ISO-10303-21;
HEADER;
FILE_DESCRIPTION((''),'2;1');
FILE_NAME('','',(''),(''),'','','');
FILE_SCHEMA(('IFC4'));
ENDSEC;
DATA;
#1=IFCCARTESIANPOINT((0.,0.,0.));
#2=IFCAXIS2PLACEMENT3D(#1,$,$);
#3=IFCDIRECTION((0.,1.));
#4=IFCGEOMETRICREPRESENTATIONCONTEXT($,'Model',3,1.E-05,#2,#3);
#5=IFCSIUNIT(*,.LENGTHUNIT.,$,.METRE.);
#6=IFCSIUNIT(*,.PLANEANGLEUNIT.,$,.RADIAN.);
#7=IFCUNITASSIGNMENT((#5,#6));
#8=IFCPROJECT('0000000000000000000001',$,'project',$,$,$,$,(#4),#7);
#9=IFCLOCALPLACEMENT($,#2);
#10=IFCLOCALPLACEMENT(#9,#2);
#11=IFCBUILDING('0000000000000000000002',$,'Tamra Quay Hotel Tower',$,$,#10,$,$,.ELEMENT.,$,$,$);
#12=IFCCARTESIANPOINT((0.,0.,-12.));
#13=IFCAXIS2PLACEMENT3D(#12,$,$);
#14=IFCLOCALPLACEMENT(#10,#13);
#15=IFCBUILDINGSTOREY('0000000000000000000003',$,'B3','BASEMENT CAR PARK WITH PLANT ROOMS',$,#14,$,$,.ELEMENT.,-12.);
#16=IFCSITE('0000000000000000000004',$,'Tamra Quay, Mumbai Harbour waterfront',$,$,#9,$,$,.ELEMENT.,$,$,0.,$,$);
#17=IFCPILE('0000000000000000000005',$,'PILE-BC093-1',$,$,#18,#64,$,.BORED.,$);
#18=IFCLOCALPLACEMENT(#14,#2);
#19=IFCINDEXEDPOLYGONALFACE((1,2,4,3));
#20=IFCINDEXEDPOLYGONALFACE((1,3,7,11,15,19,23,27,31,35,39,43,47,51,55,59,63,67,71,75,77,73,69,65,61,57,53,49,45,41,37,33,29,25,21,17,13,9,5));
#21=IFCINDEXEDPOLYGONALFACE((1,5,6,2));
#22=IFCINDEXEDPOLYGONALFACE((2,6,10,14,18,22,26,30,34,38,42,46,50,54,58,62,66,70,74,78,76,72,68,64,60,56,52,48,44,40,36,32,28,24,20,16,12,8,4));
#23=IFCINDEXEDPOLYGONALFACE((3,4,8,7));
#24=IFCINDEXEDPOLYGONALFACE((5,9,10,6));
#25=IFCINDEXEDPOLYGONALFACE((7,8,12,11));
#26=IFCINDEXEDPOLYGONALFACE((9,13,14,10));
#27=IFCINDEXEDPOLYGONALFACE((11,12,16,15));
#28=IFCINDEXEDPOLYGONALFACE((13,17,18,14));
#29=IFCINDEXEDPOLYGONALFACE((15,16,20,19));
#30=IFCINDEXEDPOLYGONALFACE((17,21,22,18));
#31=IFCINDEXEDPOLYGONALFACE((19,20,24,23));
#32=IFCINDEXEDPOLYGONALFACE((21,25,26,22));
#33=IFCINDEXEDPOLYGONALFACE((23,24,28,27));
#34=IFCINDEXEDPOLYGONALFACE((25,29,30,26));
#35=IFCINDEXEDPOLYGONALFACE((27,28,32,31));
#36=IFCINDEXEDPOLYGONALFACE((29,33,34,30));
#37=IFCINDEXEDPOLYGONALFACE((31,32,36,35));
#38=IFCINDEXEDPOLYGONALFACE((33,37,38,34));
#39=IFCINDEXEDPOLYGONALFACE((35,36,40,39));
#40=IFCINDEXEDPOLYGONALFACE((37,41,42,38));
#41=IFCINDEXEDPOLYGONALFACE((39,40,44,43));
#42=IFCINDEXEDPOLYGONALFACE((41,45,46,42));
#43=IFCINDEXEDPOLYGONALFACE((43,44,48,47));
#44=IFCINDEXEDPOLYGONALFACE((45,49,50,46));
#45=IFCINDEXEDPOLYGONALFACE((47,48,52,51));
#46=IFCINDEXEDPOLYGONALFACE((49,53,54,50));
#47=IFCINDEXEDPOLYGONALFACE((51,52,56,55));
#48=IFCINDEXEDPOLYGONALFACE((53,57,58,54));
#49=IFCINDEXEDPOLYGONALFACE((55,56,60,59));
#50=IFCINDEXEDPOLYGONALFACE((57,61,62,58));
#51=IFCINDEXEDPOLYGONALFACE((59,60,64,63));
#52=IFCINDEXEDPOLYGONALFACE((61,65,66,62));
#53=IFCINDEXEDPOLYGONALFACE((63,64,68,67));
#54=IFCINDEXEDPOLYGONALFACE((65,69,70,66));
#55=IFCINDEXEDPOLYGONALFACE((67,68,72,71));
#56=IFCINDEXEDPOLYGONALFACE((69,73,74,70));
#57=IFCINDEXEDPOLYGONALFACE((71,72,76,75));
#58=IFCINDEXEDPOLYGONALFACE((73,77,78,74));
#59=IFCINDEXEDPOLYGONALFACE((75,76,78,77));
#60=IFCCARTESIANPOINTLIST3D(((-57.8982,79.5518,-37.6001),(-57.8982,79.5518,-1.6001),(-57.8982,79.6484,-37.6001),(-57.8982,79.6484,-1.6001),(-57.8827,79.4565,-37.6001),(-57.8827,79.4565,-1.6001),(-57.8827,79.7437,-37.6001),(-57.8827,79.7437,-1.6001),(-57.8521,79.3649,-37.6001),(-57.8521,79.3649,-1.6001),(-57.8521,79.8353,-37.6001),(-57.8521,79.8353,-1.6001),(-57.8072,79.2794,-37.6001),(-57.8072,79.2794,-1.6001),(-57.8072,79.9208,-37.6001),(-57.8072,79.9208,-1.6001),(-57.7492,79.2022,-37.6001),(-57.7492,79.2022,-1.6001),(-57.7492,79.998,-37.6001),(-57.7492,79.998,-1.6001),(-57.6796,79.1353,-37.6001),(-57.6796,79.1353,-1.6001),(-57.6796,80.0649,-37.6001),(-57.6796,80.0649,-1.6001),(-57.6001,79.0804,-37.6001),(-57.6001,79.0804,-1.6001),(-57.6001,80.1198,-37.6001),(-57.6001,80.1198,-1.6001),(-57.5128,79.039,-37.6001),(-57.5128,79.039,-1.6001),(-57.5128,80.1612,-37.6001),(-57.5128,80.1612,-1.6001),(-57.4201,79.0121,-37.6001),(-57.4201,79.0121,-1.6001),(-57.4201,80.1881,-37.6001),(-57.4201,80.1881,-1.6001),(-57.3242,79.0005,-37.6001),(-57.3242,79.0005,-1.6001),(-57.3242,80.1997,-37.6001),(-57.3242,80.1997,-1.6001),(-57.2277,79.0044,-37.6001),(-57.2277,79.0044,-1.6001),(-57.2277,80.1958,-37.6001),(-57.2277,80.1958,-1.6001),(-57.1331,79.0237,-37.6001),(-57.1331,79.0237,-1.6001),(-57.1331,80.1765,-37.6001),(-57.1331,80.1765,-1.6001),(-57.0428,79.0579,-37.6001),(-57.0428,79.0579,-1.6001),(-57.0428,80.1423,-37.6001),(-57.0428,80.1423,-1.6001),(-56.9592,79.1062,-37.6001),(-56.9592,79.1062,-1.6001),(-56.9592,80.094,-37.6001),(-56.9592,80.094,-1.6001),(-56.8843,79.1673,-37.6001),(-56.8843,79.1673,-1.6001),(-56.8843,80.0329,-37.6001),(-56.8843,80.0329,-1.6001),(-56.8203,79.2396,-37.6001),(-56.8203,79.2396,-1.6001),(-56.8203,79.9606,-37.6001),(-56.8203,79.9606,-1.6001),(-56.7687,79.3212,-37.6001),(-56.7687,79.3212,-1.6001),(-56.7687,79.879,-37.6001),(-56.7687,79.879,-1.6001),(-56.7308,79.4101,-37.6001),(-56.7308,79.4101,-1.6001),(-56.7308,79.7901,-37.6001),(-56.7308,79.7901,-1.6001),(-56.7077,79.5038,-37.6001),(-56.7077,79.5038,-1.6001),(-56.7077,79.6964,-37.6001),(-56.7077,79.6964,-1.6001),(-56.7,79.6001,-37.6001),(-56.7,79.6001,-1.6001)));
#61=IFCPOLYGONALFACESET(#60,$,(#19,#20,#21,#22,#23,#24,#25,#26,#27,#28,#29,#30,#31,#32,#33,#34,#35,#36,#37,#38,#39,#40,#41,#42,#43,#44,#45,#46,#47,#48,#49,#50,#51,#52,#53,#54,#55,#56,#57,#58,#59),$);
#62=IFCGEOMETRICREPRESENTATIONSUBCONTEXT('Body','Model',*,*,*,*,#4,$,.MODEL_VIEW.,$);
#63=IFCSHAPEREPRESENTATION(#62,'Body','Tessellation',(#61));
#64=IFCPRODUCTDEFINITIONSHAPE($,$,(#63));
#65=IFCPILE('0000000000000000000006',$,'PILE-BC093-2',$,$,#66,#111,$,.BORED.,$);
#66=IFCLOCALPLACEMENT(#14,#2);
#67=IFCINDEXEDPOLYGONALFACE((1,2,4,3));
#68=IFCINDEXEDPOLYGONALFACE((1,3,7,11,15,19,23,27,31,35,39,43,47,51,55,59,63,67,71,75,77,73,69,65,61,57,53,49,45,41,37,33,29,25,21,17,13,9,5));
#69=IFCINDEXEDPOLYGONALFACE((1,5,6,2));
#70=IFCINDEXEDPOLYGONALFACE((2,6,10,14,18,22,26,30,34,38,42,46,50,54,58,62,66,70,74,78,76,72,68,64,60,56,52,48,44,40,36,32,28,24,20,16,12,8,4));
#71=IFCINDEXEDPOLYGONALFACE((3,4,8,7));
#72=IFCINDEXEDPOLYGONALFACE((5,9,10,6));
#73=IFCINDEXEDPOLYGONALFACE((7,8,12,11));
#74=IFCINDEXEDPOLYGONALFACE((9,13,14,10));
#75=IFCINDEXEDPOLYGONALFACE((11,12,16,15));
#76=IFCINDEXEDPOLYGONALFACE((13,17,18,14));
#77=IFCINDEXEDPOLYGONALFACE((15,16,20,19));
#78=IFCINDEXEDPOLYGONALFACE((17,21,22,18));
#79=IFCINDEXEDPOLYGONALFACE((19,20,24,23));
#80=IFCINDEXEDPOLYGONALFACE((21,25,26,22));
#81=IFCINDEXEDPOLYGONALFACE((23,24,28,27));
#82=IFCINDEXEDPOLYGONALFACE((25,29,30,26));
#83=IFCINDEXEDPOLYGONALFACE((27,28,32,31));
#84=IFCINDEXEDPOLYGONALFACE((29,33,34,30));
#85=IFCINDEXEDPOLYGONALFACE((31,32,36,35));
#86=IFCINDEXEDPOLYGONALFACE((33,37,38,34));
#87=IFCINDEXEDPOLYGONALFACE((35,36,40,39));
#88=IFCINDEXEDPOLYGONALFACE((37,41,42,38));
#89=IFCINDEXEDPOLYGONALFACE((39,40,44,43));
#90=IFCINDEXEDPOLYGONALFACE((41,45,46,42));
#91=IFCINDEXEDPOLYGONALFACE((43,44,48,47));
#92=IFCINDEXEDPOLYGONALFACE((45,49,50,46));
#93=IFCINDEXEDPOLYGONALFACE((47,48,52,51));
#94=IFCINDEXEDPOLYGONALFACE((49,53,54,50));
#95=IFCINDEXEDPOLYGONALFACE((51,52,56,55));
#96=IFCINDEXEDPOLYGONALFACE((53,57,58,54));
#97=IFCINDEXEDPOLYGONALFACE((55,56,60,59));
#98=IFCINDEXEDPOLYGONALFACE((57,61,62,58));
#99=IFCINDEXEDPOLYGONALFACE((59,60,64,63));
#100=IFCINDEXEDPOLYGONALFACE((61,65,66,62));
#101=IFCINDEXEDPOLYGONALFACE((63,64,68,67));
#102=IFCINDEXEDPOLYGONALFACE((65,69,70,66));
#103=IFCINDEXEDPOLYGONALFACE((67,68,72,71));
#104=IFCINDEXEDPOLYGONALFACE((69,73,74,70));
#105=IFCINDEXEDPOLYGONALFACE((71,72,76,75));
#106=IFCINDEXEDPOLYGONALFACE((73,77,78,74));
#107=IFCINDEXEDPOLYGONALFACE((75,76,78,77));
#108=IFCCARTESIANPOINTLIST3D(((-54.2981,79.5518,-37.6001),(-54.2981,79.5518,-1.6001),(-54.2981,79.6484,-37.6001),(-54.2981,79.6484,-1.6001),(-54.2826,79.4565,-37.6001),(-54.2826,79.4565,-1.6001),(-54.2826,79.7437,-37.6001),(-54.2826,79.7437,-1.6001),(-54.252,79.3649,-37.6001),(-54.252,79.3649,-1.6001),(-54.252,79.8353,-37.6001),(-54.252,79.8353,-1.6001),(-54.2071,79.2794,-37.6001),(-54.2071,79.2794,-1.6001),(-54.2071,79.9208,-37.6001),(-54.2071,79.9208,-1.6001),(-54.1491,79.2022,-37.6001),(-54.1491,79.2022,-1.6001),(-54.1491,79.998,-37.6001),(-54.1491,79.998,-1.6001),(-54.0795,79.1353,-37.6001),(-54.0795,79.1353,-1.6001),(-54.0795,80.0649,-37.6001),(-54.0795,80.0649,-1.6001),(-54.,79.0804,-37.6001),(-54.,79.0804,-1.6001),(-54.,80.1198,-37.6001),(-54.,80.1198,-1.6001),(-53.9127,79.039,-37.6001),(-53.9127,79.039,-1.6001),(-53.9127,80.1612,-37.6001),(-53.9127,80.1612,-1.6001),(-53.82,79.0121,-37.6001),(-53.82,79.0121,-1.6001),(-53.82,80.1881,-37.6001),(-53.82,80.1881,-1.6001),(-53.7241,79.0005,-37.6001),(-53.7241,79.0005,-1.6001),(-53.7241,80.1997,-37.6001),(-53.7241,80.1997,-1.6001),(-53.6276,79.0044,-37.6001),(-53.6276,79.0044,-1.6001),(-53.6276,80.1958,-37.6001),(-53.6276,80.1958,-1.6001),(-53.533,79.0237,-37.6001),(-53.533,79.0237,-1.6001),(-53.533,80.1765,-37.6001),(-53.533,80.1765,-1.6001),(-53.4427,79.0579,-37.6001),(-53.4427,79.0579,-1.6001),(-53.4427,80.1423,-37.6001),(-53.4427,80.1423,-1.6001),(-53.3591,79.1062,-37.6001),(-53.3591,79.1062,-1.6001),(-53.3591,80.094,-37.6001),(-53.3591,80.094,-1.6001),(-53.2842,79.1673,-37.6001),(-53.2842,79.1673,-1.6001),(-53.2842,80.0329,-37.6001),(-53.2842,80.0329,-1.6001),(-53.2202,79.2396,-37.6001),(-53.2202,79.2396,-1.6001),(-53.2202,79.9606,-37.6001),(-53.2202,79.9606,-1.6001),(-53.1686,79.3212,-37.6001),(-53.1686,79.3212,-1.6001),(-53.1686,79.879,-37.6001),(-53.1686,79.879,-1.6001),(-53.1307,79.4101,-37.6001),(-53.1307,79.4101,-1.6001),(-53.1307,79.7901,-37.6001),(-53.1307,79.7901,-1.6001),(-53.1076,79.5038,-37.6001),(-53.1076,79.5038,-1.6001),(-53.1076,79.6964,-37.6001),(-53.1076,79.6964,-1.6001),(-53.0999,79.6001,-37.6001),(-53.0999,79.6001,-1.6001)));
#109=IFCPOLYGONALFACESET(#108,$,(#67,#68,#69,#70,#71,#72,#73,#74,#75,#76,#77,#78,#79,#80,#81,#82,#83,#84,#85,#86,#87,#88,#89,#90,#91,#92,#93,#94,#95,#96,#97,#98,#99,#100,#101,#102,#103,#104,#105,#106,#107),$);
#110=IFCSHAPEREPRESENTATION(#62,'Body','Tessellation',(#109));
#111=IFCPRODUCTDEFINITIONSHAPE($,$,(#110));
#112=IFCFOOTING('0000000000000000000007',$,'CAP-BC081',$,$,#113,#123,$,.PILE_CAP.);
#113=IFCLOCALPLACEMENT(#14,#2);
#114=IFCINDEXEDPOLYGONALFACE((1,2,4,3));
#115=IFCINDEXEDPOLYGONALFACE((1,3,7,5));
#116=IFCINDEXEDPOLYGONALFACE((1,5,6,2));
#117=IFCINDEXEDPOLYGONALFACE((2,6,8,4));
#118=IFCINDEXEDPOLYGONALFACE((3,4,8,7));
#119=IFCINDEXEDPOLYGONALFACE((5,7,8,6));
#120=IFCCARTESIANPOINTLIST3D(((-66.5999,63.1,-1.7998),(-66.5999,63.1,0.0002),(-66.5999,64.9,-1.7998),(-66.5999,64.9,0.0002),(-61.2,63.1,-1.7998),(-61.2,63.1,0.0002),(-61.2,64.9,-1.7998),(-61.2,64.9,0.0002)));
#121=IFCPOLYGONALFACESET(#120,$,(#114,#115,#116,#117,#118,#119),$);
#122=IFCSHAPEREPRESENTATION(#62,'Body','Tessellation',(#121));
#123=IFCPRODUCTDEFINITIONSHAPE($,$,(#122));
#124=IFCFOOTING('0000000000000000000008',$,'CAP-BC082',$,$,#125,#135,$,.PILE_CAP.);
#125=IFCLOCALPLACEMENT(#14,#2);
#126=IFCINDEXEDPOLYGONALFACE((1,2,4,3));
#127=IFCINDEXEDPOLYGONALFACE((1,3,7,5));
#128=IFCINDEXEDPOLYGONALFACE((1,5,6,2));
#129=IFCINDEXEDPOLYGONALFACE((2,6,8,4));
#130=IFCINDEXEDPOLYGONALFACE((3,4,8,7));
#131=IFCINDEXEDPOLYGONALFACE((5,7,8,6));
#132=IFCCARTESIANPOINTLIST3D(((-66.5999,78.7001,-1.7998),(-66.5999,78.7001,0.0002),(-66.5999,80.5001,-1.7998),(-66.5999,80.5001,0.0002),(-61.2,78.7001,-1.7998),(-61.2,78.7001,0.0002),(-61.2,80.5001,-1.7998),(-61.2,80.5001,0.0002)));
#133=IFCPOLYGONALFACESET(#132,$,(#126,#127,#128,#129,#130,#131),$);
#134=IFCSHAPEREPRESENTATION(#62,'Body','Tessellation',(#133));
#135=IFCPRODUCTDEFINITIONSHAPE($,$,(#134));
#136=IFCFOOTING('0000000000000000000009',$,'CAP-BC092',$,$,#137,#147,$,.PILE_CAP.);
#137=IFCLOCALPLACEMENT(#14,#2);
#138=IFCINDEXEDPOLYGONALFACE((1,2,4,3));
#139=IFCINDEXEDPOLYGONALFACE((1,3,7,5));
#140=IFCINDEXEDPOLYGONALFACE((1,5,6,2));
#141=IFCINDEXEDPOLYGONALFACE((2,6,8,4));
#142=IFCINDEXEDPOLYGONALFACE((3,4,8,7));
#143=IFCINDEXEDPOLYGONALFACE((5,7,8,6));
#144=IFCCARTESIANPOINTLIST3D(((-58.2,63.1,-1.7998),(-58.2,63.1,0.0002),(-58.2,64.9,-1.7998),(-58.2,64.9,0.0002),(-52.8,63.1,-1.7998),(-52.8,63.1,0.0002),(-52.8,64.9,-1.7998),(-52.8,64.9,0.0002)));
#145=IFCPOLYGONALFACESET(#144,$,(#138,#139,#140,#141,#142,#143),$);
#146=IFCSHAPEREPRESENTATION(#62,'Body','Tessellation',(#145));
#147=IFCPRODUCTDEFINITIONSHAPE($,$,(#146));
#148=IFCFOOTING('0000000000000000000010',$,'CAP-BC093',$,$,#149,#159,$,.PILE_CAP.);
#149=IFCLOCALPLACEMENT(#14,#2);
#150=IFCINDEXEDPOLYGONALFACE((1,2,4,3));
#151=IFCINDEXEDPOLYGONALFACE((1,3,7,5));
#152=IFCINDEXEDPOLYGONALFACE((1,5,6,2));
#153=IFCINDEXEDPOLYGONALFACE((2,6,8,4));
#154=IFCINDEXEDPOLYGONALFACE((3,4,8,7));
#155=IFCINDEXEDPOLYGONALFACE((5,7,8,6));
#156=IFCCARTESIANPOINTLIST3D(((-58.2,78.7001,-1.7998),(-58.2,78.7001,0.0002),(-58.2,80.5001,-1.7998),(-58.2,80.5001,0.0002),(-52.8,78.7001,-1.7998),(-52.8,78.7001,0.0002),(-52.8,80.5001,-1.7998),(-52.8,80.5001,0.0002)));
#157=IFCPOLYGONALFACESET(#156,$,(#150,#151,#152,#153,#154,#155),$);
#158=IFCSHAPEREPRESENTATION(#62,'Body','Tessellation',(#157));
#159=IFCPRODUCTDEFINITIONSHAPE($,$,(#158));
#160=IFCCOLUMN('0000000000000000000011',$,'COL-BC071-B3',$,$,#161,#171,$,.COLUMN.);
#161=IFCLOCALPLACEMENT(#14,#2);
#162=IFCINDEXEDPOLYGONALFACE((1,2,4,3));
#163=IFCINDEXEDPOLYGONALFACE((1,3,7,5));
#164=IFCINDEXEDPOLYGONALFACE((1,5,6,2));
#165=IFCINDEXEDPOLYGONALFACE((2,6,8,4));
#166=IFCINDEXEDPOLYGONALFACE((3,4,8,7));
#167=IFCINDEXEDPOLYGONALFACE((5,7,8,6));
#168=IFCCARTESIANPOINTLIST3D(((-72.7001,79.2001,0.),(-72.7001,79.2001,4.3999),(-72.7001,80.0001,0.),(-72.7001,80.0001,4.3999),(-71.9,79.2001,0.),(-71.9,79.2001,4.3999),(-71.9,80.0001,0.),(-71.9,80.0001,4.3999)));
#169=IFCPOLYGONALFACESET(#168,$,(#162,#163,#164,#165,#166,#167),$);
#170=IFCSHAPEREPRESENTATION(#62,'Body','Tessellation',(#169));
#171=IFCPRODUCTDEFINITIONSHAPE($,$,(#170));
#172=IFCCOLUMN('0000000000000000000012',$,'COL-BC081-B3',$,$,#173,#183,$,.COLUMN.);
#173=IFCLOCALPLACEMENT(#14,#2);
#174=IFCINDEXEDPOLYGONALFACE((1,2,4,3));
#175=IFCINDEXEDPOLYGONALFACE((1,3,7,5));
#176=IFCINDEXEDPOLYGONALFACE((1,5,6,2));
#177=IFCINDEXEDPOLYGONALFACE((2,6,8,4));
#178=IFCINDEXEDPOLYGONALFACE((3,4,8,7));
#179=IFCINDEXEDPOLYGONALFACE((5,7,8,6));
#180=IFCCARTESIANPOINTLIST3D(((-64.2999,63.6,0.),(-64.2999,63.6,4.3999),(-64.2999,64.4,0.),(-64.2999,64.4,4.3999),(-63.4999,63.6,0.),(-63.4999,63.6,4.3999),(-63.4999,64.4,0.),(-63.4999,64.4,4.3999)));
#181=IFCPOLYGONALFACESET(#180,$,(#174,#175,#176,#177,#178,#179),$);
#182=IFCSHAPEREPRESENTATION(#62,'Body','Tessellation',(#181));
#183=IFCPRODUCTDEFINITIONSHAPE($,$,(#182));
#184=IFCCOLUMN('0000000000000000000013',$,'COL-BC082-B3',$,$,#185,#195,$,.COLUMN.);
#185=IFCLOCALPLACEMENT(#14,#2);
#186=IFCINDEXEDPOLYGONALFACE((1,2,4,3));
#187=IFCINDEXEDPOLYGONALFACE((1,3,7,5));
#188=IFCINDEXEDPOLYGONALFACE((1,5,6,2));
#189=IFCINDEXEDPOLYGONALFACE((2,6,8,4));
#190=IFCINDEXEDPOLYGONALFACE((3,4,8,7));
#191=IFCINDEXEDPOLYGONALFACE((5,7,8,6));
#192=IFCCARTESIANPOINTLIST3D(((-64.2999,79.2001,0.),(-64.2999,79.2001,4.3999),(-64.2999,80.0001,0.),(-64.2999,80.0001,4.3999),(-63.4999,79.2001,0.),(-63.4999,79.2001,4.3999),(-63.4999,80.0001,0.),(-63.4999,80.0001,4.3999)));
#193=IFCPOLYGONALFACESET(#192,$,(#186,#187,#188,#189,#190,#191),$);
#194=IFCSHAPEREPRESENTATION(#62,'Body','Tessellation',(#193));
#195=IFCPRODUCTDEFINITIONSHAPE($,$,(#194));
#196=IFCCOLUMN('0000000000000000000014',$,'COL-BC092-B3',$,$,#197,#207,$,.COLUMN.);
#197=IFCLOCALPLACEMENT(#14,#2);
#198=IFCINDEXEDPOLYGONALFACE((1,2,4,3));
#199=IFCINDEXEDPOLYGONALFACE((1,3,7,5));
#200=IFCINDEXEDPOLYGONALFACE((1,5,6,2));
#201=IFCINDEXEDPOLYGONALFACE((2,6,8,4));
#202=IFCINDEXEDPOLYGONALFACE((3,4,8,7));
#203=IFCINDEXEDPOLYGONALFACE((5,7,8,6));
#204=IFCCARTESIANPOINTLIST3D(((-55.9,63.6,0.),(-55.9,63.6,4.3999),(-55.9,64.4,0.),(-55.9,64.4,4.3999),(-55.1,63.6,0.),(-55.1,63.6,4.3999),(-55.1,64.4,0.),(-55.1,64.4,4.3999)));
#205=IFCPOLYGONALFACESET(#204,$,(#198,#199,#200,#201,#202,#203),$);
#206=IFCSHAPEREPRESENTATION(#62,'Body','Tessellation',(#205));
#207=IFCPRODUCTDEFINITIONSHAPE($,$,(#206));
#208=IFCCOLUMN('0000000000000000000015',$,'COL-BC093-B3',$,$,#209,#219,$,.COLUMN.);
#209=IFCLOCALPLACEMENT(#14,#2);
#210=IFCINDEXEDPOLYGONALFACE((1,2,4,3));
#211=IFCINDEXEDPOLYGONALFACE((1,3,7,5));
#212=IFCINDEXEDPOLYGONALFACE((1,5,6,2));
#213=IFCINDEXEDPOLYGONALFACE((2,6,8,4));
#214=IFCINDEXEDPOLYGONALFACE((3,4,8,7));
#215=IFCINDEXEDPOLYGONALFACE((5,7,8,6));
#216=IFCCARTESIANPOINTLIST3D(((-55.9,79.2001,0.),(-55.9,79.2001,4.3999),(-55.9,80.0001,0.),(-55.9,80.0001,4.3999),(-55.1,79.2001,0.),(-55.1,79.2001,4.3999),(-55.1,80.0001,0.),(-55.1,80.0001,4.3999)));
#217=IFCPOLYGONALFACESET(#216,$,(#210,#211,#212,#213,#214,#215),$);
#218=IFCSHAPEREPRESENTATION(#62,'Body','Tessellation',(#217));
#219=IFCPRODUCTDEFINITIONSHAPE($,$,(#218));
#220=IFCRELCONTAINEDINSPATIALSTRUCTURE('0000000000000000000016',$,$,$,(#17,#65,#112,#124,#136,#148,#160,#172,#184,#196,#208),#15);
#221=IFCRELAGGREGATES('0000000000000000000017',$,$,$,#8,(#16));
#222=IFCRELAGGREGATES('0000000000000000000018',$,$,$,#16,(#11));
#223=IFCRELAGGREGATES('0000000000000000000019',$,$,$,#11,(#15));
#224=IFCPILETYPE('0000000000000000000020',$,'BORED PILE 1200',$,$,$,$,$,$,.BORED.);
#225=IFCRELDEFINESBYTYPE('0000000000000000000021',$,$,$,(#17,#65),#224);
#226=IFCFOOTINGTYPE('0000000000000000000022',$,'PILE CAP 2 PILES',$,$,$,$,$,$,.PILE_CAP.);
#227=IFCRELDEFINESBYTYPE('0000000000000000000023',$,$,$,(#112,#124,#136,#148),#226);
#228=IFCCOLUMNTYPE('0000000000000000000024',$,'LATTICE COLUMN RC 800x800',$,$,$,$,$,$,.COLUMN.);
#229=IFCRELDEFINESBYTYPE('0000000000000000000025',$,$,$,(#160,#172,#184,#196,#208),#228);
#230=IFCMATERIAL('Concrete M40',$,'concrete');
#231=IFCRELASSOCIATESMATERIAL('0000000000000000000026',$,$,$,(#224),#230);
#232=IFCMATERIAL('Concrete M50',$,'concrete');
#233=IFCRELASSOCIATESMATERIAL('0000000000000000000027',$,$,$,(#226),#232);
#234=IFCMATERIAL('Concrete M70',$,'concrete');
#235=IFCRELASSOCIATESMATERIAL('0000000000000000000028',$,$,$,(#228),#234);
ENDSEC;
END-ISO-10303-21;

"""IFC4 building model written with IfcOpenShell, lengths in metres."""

from ifc_helpers import new_model, si_unit, direction, frame, origin, origin_2d, place, context, subcontext, project, spatial, rectangle, circle, extrude, material, material_profile, profile_set, type_object, element, save


model = new_model("IFC4")

# Units and contexts
model_context = context("Model", 3, precision=1e-05, world=origin(), true_north=direction((0.0, 1.0)))
body_context = subcontext(model_context, "Body", "Model", "MODEL_VIEW")
ifc_project = project(units=[si_unit("LENGTHUNIT", "METRE"), si_unit("PLANEANGLEUNIT", "RADIAN")], contexts=[model_context])

# Site, building, storey
site_placement = place(None, origin())
site = spatial("IfcSite", under=ifc_project, at=site_placement, Name="Tamra Quay, Mumbai Harbour waterfront", CompositionType="ELEMENT", RefElevation=0.0)
building_placement = place(site_placement, origin())
building = spatial("IfcBuilding", under=site, at=building_placement, Name="Tamra Quay Hotel Tower", CompositionType="ELEMENT")
storey_placement = place(building_placement, frame((0.0, 0.0, -12.0)))
storey = spatial("IfcBuildingStorey", under=building, at=storey_placement, Name="B3", Description="BASEMENT CAR PARK WITH PLANT ROOMS", CompositionType="ELEMENT", Elevation=-12.0)

# Piles
ifc_material_1 = material(Name="Concrete M40", Category="concrete")
ifc_material_profile_1 = material_profile(ifc_material_1, circle(Radius=0.6001, at=origin_2d()), Name="BORED PILE 1200")
ifc_profile_set_1 = profile_set([ifc_material_profile_1], Name="Concrete M40")
pile_type = type_object("IfcPileType", Name="BORED PILE 1200", PredefinedType="BORED", material=ifc_profile_set_1)
for number, where, z_axis, x_axis, name in (
    (1, (-57.3, 79.6001, -1.6001), (0.0, 0.0, -1.0), (1.0, 0.0, 0.0), "PILE-BC093-1"),
    (2, (-53.7, 79.6001, -1.6001), (0.0, 0.0, -1.0), (1.0, 0.0, 0.0), "PILE-BC093-2"),
):
    element("IfcPile", number, at=place(storey_placement, frame(where, z_axis=z_axis, x_axis=x_axis)), inside=storey, type_object=pile_type, Name=name, PredefinedType="BORED", context=body_context, shape_type="SweptSolid", body=[
        extrude(circle(Radius=0.6001, at=origin_2d()), origin(), (0.0, 0.0, 1.0), 36.0),
    ])

# Footings
ifc_material_2 = material(Name="Concrete M50", Category="concrete")
footing_type = type_object("IfcFootingType", Name="PILE CAP 2 PILES", PredefinedType="PILE_CAP", material=ifc_material_2)
for number, where, z_axis, x_axis, name in (
    (3, (-63.8999, 64.0, -1.7998), (0.0, 0.0, 1.0), (1.0, 0.0, 0.0), "CAP-BC081"),
    (4, (-63.8999, 79.6001, -1.7998), (0.0, 0.0, 1.0), (1.0, 0.0, 0.0), "CAP-BC082"),
    (5, (-55.5, 64.0, -1.7998), (0.0, 0.0, 1.0), (1.0, 0.0, 0.0), "CAP-BC092"),
    (6, (-55.5, 79.6001, -1.7998), (0.0, 0.0, 1.0), (1.0, 0.0, 0.0), "CAP-BC093"),
):
    element("IfcFooting", number, at=place(storey_placement, frame(where, z_axis=z_axis, x_axis=x_axis)), inside=storey, type_object=footing_type, Name=name, PredefinedType="PILE_CAP", context=body_context, shape_type="SweptSolid", body=[
        extrude(rectangle(XDim=5.3999, YDim=1.8, at=origin_2d()), origin(), (0.0, 0.0, 1.0), 1.8),
    ])

# Columns
ifc_material_3 = material(Name="Concrete M70", Category="concrete")
ifc_material_profile_2 = material_profile(ifc_material_3, rectangle(XDim=0.8, YDim=0.8, at=origin_2d()), Name="LATTICE COLUMN RC 800x800")
ifc_profile_set_2 = profile_set([ifc_material_profile_2], Name="Concrete M70")
column_type = type_object("IfcColumnType", Name="LATTICE COLUMN RC 800x800", PredefinedType="COLUMN", material=ifc_profile_set_2)
for number, where, z_axis, x_axis, name in (
    (7, (-72.3, 79.6001, 0.0), (0.0, 0.0, 1.0), (1.0, 0.0, 0.0), "COL-BC071-B3"),
    (8, (-63.8999, 64.0, 0.0), (0.0, 0.0, 1.0), (1.0, 0.0, 0.0), "COL-BC081-B3"),
    (9, (-63.8999, 79.6001, 0.0), (0.0, 0.0, 1.0), (1.0, 0.0, 0.0), "COL-BC082-B3"),
    (10, (-55.5, 64.0, 0.0), (0.0, 0.0, 1.0), (1.0, 0.0, 0.0), "COL-BC092-B3"),
    (11, (-55.5, 79.6001, 0.0), (0.0, 0.0, 1.0), (1.0, 0.0, 0.0), "COL-BC093-B3"),
):
    element("IfcColumn", number, at=place(storey_placement, frame(where, z_axis=z_axis, x_axis=x_axis)), inside=storey, type_object=column_type, Name=name, PredefinedType="COLUMN", context=body_context, shape_type="SweptSolid", body=[
        extrude(rectangle(XDim=0.8, YDim=0.8, at=origin_2d()), origin(), (0.0, 0.0, 1.0), 4.3999),
    ])

save(model, "model.ifc")
